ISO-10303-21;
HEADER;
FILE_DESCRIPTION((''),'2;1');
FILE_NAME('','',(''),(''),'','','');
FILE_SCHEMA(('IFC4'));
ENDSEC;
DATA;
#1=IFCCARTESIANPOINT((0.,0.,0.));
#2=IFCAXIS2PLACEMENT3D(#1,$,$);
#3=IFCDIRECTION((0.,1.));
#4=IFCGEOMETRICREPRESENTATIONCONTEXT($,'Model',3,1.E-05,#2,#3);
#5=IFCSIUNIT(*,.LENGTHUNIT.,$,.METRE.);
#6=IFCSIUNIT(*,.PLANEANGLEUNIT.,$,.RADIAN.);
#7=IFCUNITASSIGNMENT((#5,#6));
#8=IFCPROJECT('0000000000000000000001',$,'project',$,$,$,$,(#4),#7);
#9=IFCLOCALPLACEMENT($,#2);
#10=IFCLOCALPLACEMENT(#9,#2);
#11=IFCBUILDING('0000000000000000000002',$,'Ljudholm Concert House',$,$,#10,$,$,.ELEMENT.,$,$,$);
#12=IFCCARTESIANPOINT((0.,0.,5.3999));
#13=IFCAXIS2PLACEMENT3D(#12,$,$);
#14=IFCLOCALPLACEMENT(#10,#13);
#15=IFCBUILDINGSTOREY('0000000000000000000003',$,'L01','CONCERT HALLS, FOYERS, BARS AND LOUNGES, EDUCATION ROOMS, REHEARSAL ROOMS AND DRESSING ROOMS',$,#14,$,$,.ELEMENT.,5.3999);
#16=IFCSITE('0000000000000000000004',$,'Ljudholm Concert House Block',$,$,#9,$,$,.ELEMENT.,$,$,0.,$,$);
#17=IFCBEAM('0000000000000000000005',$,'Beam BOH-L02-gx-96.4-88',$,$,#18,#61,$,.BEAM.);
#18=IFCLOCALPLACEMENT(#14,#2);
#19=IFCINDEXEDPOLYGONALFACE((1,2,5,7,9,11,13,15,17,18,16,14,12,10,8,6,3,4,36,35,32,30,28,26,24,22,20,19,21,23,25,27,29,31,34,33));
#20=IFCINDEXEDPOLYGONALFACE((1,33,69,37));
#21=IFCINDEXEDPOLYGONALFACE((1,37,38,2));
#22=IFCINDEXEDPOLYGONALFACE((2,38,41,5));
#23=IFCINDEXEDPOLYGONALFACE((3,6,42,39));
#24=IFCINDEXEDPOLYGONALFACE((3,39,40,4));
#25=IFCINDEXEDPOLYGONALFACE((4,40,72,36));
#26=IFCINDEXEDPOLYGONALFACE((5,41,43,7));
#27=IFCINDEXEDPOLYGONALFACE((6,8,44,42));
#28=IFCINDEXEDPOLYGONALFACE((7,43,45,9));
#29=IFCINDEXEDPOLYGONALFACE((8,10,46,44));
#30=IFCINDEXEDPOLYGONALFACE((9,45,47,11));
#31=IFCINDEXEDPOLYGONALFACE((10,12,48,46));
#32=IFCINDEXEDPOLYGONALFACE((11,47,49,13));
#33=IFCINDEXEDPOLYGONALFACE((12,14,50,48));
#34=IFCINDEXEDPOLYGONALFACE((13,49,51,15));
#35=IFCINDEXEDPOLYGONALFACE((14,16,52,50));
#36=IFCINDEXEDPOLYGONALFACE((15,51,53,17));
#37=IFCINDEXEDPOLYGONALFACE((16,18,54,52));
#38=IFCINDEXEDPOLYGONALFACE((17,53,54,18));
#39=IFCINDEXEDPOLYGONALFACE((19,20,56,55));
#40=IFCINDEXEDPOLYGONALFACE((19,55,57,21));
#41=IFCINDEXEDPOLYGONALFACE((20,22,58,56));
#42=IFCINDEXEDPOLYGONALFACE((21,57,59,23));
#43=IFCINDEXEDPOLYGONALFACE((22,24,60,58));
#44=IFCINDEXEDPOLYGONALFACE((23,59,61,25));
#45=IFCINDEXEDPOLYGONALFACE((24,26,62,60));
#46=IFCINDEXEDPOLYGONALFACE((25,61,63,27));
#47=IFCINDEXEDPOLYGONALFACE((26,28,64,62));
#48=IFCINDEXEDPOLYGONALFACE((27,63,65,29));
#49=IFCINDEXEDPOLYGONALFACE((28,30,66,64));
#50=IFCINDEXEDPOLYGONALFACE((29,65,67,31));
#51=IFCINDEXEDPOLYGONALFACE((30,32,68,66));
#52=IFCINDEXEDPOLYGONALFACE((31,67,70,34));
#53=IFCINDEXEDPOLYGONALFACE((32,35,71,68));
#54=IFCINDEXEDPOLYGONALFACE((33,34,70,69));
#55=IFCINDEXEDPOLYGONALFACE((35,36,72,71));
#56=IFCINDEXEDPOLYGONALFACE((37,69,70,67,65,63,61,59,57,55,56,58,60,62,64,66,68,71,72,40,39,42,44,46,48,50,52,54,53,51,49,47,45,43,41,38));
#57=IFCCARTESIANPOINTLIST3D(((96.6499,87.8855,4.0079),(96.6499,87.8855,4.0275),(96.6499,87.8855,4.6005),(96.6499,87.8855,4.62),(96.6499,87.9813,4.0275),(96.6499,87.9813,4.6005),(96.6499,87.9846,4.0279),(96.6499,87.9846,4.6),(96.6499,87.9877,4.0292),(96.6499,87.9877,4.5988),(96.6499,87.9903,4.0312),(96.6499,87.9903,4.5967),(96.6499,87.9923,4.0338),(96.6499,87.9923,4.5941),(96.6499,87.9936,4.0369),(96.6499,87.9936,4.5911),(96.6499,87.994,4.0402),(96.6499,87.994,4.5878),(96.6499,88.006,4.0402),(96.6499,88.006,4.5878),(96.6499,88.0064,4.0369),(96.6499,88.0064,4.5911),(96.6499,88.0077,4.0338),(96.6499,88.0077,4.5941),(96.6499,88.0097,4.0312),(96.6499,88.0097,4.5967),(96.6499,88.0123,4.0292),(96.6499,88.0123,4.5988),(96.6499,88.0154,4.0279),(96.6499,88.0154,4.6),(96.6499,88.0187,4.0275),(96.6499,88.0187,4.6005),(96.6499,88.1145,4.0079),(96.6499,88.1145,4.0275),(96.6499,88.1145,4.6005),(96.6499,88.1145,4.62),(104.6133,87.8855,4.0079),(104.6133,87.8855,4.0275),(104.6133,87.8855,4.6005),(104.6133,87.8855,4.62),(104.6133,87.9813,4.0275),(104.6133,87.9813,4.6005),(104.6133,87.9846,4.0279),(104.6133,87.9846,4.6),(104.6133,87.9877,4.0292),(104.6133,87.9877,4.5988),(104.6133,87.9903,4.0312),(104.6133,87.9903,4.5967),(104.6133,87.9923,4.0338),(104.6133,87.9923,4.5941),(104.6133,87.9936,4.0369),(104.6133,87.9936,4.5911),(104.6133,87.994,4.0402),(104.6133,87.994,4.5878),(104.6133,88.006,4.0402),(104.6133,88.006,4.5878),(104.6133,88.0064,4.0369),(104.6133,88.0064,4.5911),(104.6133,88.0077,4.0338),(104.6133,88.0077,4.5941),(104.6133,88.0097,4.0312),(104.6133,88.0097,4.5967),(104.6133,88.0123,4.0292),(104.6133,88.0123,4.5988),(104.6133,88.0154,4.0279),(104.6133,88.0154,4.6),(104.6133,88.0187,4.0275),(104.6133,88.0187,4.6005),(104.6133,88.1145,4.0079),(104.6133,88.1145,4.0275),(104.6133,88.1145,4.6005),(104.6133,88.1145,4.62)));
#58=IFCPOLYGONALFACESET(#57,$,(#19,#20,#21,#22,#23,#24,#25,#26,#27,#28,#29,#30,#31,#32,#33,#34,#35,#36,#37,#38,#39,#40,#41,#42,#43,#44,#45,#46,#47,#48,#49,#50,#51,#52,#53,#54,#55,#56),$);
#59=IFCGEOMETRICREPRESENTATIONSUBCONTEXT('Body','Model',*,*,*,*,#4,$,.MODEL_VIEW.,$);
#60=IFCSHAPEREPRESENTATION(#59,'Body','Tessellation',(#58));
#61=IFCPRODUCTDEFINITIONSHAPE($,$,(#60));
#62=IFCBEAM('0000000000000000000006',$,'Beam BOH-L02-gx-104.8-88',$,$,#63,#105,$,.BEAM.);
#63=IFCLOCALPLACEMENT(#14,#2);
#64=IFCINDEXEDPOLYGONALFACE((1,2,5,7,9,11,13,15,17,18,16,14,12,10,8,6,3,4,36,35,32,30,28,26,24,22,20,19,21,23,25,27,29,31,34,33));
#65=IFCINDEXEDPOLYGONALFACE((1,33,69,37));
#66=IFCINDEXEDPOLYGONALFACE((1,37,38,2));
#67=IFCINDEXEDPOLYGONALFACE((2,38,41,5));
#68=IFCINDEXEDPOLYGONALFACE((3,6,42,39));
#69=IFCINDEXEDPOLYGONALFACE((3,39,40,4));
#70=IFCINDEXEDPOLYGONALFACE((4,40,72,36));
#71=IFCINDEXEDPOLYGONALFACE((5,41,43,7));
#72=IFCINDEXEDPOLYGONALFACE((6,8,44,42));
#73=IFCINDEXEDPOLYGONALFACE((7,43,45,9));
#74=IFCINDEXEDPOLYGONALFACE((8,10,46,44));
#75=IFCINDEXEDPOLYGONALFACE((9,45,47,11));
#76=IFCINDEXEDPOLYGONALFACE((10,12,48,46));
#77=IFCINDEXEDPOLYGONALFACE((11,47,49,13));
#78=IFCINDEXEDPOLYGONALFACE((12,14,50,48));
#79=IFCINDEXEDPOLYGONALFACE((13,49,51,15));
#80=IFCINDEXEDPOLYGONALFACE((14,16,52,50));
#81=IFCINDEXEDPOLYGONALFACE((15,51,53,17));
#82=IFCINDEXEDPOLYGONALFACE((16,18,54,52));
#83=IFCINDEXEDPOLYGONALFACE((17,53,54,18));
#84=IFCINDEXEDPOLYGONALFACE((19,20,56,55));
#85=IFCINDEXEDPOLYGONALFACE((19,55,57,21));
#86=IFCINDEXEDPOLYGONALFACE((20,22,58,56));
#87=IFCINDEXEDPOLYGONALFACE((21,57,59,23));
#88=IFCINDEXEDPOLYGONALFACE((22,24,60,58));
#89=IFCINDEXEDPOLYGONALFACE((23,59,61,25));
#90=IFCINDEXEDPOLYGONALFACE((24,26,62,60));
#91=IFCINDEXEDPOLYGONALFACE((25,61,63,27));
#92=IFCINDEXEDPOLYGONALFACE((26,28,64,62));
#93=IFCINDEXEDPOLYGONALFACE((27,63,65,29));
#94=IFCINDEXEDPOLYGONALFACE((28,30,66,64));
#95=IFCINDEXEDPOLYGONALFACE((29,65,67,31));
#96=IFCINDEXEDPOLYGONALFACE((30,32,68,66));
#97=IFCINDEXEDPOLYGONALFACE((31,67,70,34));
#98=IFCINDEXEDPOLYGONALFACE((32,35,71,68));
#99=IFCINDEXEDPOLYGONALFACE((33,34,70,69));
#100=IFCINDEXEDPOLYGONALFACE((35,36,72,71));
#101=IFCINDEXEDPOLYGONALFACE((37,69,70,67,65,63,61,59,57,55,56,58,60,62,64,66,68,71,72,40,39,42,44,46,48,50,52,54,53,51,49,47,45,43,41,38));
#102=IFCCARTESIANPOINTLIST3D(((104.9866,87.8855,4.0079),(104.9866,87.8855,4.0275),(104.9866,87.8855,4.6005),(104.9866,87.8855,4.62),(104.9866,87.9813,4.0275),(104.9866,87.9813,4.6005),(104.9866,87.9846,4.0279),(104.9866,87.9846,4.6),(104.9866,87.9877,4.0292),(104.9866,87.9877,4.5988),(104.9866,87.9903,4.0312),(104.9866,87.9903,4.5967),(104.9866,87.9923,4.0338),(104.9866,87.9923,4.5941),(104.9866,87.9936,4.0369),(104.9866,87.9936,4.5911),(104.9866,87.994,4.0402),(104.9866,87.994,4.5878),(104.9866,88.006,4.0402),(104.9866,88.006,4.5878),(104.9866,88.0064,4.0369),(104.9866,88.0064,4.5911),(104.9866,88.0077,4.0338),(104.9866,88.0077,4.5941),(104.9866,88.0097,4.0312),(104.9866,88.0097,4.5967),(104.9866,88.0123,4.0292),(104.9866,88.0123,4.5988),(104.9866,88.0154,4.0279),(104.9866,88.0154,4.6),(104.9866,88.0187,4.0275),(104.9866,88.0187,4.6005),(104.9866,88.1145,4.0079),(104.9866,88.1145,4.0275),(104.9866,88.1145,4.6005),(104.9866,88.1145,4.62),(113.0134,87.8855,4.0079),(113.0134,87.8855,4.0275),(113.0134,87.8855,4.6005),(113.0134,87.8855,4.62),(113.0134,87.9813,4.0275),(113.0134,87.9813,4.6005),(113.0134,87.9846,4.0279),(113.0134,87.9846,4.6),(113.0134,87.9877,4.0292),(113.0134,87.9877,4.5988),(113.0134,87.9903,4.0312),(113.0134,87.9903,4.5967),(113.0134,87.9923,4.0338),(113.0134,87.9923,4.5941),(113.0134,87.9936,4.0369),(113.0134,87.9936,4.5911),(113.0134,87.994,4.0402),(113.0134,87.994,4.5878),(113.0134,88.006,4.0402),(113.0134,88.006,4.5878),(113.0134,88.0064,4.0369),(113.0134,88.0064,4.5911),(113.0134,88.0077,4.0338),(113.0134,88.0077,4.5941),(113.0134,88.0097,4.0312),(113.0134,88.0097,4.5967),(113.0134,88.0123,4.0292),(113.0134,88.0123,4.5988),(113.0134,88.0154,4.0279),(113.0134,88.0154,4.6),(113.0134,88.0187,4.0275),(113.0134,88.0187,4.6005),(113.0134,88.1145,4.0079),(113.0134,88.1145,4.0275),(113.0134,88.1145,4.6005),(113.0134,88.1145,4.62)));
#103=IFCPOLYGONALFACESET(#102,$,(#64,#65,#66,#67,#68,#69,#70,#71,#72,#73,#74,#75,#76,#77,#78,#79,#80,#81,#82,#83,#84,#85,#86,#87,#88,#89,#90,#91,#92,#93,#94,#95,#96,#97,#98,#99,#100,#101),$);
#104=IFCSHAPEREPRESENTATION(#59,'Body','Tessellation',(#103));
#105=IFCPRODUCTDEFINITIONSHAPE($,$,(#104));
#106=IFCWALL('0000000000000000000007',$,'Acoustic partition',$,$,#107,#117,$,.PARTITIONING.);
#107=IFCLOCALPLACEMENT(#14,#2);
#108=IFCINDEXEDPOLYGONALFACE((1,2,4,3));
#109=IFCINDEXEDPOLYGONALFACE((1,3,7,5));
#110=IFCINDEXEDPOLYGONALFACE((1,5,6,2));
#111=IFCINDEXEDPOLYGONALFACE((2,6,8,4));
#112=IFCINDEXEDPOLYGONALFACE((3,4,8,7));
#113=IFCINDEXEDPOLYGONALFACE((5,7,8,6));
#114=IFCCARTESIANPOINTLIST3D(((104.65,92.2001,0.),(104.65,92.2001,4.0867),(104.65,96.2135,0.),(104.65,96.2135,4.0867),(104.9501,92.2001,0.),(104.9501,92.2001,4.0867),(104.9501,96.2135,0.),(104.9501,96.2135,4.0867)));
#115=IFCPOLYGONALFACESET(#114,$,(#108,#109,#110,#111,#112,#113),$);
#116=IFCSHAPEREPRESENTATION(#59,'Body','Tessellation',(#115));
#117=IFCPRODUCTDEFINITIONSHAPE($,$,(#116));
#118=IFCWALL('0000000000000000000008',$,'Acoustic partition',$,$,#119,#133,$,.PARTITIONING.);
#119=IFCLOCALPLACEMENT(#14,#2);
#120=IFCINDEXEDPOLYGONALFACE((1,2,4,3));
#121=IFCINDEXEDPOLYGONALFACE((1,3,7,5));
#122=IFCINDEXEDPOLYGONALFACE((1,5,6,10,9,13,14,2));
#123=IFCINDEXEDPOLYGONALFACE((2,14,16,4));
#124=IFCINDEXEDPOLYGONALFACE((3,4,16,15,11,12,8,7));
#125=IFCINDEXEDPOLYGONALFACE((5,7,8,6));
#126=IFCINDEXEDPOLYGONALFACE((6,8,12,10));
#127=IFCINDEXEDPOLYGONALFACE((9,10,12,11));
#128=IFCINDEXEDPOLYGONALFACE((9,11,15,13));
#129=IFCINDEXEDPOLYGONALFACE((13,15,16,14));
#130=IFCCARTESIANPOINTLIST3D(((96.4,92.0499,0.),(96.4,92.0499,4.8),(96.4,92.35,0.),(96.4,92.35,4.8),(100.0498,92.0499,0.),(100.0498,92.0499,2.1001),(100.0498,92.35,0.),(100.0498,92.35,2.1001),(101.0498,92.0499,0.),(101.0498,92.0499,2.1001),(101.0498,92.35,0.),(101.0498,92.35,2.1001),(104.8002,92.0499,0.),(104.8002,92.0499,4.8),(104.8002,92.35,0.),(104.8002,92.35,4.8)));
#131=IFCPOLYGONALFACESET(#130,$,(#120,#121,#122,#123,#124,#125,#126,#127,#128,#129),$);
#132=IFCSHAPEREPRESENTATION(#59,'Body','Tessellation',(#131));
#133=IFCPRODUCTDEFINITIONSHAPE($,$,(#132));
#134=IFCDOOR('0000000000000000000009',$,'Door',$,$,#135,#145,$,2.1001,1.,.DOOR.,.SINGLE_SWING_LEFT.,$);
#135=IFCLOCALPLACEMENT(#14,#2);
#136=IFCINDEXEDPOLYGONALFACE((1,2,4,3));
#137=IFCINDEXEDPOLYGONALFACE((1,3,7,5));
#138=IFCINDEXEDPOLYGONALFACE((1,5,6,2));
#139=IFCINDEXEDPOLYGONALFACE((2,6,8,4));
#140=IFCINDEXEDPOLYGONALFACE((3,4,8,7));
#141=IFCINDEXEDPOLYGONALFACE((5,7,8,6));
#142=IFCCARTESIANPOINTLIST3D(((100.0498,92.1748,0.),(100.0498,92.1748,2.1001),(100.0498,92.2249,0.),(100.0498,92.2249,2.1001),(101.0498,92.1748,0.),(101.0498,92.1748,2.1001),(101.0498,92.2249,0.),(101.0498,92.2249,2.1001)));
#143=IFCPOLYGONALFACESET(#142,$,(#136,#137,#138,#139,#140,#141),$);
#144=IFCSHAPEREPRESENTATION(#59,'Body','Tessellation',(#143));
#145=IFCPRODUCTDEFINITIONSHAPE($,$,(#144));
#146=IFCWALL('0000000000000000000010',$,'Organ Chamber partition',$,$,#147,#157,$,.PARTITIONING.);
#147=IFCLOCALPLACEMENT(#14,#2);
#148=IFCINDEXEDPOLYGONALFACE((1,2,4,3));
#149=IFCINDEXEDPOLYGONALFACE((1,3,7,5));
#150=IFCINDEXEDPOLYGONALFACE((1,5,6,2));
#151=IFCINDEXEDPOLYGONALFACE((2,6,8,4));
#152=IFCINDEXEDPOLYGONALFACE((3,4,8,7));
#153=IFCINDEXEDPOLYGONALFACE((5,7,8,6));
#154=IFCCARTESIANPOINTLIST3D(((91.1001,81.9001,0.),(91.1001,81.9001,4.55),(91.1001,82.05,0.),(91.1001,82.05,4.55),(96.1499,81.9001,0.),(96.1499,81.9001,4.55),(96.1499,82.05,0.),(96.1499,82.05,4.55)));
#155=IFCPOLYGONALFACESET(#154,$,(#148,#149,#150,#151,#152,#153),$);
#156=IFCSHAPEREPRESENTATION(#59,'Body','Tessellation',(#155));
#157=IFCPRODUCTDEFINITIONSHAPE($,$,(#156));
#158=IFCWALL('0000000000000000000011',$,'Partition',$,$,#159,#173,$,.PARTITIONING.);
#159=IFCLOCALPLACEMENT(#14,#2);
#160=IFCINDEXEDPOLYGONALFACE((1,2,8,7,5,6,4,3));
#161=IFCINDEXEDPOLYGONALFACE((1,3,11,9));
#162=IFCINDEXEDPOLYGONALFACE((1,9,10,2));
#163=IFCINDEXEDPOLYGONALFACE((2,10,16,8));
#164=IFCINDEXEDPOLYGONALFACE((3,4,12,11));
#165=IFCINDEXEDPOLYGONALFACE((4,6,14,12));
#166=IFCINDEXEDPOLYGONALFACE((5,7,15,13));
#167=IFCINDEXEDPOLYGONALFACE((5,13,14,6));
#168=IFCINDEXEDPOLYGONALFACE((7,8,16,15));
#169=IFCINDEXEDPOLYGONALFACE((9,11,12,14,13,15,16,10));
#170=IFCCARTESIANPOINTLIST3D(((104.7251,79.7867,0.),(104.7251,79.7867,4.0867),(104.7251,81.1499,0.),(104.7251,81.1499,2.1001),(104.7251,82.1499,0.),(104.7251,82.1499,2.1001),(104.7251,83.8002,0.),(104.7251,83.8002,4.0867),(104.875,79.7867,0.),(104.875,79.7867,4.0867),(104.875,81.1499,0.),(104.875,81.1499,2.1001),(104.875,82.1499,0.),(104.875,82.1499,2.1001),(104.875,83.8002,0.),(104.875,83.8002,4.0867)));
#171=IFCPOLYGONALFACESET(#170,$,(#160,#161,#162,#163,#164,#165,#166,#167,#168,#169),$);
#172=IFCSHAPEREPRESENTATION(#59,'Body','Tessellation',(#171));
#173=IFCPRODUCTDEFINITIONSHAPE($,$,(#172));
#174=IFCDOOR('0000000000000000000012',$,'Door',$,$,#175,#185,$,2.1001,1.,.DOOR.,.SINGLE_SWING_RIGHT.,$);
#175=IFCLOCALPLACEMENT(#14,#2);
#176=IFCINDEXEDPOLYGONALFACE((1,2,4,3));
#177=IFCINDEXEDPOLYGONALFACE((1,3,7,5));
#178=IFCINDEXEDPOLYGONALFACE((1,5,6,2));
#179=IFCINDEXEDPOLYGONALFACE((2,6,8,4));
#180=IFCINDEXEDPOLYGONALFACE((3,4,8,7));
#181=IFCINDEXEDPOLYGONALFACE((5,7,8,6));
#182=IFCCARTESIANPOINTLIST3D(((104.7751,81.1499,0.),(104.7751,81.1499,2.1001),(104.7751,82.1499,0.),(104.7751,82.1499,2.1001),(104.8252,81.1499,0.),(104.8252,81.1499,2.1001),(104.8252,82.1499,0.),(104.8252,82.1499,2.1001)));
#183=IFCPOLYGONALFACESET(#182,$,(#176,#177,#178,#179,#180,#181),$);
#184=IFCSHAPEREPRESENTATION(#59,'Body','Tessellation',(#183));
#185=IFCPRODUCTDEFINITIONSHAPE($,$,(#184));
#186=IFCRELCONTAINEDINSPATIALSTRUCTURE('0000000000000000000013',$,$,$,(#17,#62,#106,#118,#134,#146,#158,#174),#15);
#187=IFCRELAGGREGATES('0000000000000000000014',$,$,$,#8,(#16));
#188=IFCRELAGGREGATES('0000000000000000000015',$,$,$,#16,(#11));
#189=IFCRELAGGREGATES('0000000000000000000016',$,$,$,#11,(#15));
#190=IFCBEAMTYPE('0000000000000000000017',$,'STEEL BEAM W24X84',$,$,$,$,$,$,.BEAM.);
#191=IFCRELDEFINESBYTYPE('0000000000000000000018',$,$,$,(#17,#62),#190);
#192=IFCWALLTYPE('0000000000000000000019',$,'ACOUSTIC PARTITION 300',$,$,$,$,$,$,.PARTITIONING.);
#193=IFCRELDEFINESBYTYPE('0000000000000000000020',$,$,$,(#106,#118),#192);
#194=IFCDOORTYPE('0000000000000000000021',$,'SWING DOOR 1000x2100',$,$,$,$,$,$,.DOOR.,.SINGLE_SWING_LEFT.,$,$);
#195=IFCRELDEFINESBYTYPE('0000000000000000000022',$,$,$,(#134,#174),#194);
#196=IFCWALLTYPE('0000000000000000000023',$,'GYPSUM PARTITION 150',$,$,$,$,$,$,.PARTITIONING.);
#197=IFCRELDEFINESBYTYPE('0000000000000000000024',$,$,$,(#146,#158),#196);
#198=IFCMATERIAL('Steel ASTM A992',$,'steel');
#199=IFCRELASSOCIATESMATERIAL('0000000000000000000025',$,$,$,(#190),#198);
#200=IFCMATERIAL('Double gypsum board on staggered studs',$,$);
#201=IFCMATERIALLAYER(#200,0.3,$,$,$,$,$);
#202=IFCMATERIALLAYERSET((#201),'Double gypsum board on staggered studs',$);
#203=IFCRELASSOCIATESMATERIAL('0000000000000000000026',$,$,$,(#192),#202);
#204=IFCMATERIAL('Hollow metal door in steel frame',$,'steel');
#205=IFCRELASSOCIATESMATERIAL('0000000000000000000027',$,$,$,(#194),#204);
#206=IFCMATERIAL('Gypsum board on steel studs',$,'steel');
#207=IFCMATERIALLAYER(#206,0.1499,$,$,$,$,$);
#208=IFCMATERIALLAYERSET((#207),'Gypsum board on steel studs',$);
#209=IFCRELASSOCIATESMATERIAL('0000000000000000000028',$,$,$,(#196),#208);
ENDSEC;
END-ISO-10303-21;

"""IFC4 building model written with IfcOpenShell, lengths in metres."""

from ifc_helpers import new_model, si_unit, direction, frame, frame_2d, origin, origin_2d, place, context, subcontext, project, spatial, rectangle, i_section, extrude, material, layer, layer_set, material_profile, profile_set, type_object, element, fill, save


model = new_model("IFC4")

# Units and contexts
model_context = context("Model", 3, precision=1e-05, world=origin(), true_north=direction((0.0, 1.0)))
body_context = subcontext(model_context, "Body", "Model", "MODEL_VIEW")
ifc_project = project(units=[si_unit("LENGTHUNIT", "METRE"), si_unit("PLANEANGLEUNIT", "RADIAN")], contexts=[model_context])

# Site, building, storey
site_placement = place(None, origin())
site = spatial("IfcSite", under=ifc_project, at=site_placement, Name="Ljudholm Concert House Block", CompositionType="ELEMENT", RefElevation=0.0)
building_placement = place(site_placement, origin())
building = spatial("IfcBuilding", under=site, at=building_placement, Name="Ljudholm Concert House", CompositionType="ELEMENT")
storey_placement = place(building_placement, frame((0.0, 0.0, 5.3999)))
storey = spatial("IfcBuildingStorey", under=building, at=storey_placement, Name="L01", Description="CONCERT HALLS, FOYERS, BARS AND LOUNGES, EDUCATION ROOMS, REHEARSAL ROOMS AND DRESSING ROOMS", CompositionType="ELEMENT", Elevation=5.3999)

# Beams
ifc_material_1 = material(Name="Steel ASTM A992", Category="steel")
ifc_material_profile_1 = material_profile(ifc_material_1, i_section(OverallWidth=0.229, OverallDepth=0.6121, WebThickness=0.012, FlangeThickness=0.0195, FilletRadius=0.0127, at=origin_2d()), Name="W24X84")
ifc_profile_set_1 = profile_set([ifc_material_profile_1], Name="Steel ASTM A992")
beam_type_1 = type_object("IfcBeamType", Name="STEEL BEAM W24X84", PredefinedType="BEAM", material=ifc_profile_set_1)
beam_1_placement = place(storey_placement, frame((96.6499, 88.0, 4.314), z_axis=(1.0, 0.0, 0.0), x_axis=(0.0, 1.0, 0.0)))
element("IfcBeam", 1, at=beam_1_placement, inside=storey, type_object=beam_type_1, Name="Beam BOH-L02-gx-96.4-88", PredefinedType="BEAM", context=body_context, shape_type="SweptSolid", body=[
    extrude(i_section(OverallWidth=0.229, OverallDepth=0.6121, WebThickness=0.012, FlangeThickness=0.0195, FilletRadius=0.0127, at=origin_2d()), origin(), (0.0, 0.0, 1.0), 7.9634),
])
beam_2_placement = place(storey_placement, frame((104.9866, 88.0, 4.314), z_axis=(1.0, 0.0, 0.0), x_axis=(0.0, 1.0, 0.0)))
element("IfcBeam", 2, at=beam_2_placement, inside=storey, type_object=beam_type_1, Name="Beam BOH-L02-gx-104.8-88", PredefinedType="BEAM", context=body_context, shape_type="SweptSolid", body=[
    extrude(i_section(OverallWidth=0.229, OverallDepth=0.6121, WebThickness=0.012, FlangeThickness=0.0195, FilletRadius=0.0127, at=origin_2d()), origin(), (0.0, 0.0, 1.0), 8.0269),
])

# Wall
ifc_material_2 = material(Name="Double gypsum board on staggered studs")
ifc_layer_1 = layer(ifc_material_2, 0.3)
ifc_layer_set_1 = layer_set([ifc_layer_1], Name="Double gypsum board on staggered studs")
wall_type_1 = type_object("IfcWallType", Name="ACOUSTIC PARTITION 300", PredefinedType="PARTITIONING", material=ifc_layer_set_1)
wall_1_placement = place(storey_placement, frame((104.8, 92.2, 0.0), z_axis=(0.0, 0.0, 1.0), x_axis=(0.0, 1.0, 0.0)))
element("IfcWall", 3, at=wall_1_placement, inside=storey, type_object=wall_type_1, Name="Acoustic partition", PredefinedType="PARTITIONING", context=body_context, shape_type="SweptSolid", body=[
    extrude(rectangle(XDim=4.0134, YDim=0.3, at=frame_2d((2.0068, 0.0))), origin(), (0.0, 0.0, 1.0), 4.0867),
])

# Wall, opening, door
wall_2_placement = place(storey_placement, frame((96.3999, 92.2, 0.0), z_axis=(0.0, 0.0, 1.0), x_axis=(1.0, 0.0, 0.0)))
wall_2 = element("IfcWall", 4, at=wall_2_placement, inside=storey, type_object=wall_type_1, Name="Acoustic partition", PredefinedType="PARTITIONING", context=body_context, shape_type="SweptSolid", body=[
    extrude(rectangle(XDim=8.4001, YDim=0.3, at=frame_2d((4.2002, 0.0))), origin(), (0.0, 0.0, 1.0), 4.8),
])
opening_1_placement = place(wall_2_placement, frame((3.6499, 0.0, 0.0)))
opening_1 = element("IfcOpeningElement", 5, at=opening_1_placement, cuts=wall_2, PredefinedType="OPENING", context=body_context, shape_type="SweptSolid", body=[
    extrude(rectangle(XDim=1.0, YDim=2.1001, at=frame_2d((0.5, 1.05))), frame((0.0, 0.1599, 0.0), z_axis=(0.0, -1.0, 0.0), x_axis=(1.0, 0.0, 0.0)), (0.0, 0.0, 1.0), 0.3201),
])
ifc_material_3 = material(Name="Hollow metal door in steel frame", Category="steel")
door_type = type_object("IfcDoorType", Name="SWING DOOR 1000x2100", OperationType="SINGLE_SWING_LEFT", PredefinedType="DOOR", material=ifc_material_3)
door_1_placement = place(opening_1_placement, origin())
door_1 = element("IfcDoor", 6, at=door_1_placement, inside=storey, type_object=door_type, Name="Door", OperationType="SINGLE_SWING_LEFT", OverallHeight=2.1001, OverallWidth=1.0, PredefinedType="DOOR", context=body_context, shape_type="SweptSolid", body=[
    extrude(rectangle(XDim=1.0, YDim=2.1001, at=frame_2d((0.5, 1.05))), frame((0.0, 0.0249, 0.0), z_axis=(0.0, -1.0, 0.0), x_axis=(1.0, 0.0, 0.0)), (0.0, 0.0, 1.0), 0.05),
])
fill(opening_1, door_1)

# Wall
ifc_material_4 = material(Name="Gypsum board on steel studs", Category="steel")
ifc_layer_2 = layer(ifc_material_4, 0.1499)
ifc_layer_set_2 = layer_set([ifc_layer_2], Name="Gypsum board on steel studs")
wall_type_2 = type_object("IfcWallType", Name="GYPSUM PARTITION 150", PredefinedType="PARTITIONING", material=ifc_layer_set_2)
wall_3_placement = place(storey_placement, frame((91.1001, 81.9751, 0.0), z_axis=(0.0, 0.0, 1.0), x_axis=(1.0, 0.0, 0.0)))
element("IfcWall", 7, at=wall_3_placement, inside=storey, type_object=wall_type_2, Name="Organ Chamber partition", PredefinedType="PARTITIONING", context=body_context, shape_type="SweptSolid", body=[
    extrude(rectangle(XDim=5.0498, YDim=0.1499, at=frame_2d((2.5249, 0.0))), origin(), (0.0, 0.0, 1.0), 4.55),
])

# Wall, opening, door
wall_4_placement = place(storey_placement, frame((104.8, 79.7866, 0.0), z_axis=(0.0, 0.0, 1.0), x_axis=(0.0, 1.0, 0.0)))
wall_4 = element("IfcWall", 8, at=wall_4_placement, inside=storey, type_object=wall_type_2, Name="Partition", PredefinedType="PARTITIONING", context=body_context, shape_type="SweptSolid", body=[
    extrude(rectangle(XDim=4.0134, YDim=0.1499, at=frame_2d((2.0068, 0.0))), origin(), (0.0, 0.0, 1.0), 4.0867),
])
opening_2_placement = place(wall_4_placement, frame((1.3633, 0.0, 0.0)))
opening_2 = element("IfcOpeningElement", 9, at=opening_2_placement, cuts=wall_4, PredefinedType="OPENING", context=body_context, shape_type="SweptSolid", body=[
    extrude(rectangle(XDim=1.0, YDim=2.1001, at=frame_2d((0.5, 1.05))), frame((0.0, 0.085, 0.0), z_axis=(0.0, -1.0, 0.0), x_axis=(1.0, 0.0, 0.0)), (0.0, 0.0, 1.0), 0.1699),
])
door_2_placement = place(opening_2_placement, origin())
door_2 = element("IfcDoor", 10, at=door_2_placement, inside=storey, type_object=door_type, Name="Door", OperationType="SINGLE_SWING_RIGHT", OverallHeight=2.1001, OverallWidth=1.0, PredefinedType="DOOR", context=body_context, shape_type="SweptSolid", body=[
    extrude(rectangle(XDim=1.0, YDim=2.1001, at=frame_2d((0.5, 1.05))), frame((0.0, 0.0249, 0.0), z_axis=(0.0, -1.0, 0.0), x_axis=(1.0, 0.0, 0.0)), (0.0, 0.0, 1.0), 0.05),
])
fill(opening_2, door_2)

save(model, "model.ifc")
